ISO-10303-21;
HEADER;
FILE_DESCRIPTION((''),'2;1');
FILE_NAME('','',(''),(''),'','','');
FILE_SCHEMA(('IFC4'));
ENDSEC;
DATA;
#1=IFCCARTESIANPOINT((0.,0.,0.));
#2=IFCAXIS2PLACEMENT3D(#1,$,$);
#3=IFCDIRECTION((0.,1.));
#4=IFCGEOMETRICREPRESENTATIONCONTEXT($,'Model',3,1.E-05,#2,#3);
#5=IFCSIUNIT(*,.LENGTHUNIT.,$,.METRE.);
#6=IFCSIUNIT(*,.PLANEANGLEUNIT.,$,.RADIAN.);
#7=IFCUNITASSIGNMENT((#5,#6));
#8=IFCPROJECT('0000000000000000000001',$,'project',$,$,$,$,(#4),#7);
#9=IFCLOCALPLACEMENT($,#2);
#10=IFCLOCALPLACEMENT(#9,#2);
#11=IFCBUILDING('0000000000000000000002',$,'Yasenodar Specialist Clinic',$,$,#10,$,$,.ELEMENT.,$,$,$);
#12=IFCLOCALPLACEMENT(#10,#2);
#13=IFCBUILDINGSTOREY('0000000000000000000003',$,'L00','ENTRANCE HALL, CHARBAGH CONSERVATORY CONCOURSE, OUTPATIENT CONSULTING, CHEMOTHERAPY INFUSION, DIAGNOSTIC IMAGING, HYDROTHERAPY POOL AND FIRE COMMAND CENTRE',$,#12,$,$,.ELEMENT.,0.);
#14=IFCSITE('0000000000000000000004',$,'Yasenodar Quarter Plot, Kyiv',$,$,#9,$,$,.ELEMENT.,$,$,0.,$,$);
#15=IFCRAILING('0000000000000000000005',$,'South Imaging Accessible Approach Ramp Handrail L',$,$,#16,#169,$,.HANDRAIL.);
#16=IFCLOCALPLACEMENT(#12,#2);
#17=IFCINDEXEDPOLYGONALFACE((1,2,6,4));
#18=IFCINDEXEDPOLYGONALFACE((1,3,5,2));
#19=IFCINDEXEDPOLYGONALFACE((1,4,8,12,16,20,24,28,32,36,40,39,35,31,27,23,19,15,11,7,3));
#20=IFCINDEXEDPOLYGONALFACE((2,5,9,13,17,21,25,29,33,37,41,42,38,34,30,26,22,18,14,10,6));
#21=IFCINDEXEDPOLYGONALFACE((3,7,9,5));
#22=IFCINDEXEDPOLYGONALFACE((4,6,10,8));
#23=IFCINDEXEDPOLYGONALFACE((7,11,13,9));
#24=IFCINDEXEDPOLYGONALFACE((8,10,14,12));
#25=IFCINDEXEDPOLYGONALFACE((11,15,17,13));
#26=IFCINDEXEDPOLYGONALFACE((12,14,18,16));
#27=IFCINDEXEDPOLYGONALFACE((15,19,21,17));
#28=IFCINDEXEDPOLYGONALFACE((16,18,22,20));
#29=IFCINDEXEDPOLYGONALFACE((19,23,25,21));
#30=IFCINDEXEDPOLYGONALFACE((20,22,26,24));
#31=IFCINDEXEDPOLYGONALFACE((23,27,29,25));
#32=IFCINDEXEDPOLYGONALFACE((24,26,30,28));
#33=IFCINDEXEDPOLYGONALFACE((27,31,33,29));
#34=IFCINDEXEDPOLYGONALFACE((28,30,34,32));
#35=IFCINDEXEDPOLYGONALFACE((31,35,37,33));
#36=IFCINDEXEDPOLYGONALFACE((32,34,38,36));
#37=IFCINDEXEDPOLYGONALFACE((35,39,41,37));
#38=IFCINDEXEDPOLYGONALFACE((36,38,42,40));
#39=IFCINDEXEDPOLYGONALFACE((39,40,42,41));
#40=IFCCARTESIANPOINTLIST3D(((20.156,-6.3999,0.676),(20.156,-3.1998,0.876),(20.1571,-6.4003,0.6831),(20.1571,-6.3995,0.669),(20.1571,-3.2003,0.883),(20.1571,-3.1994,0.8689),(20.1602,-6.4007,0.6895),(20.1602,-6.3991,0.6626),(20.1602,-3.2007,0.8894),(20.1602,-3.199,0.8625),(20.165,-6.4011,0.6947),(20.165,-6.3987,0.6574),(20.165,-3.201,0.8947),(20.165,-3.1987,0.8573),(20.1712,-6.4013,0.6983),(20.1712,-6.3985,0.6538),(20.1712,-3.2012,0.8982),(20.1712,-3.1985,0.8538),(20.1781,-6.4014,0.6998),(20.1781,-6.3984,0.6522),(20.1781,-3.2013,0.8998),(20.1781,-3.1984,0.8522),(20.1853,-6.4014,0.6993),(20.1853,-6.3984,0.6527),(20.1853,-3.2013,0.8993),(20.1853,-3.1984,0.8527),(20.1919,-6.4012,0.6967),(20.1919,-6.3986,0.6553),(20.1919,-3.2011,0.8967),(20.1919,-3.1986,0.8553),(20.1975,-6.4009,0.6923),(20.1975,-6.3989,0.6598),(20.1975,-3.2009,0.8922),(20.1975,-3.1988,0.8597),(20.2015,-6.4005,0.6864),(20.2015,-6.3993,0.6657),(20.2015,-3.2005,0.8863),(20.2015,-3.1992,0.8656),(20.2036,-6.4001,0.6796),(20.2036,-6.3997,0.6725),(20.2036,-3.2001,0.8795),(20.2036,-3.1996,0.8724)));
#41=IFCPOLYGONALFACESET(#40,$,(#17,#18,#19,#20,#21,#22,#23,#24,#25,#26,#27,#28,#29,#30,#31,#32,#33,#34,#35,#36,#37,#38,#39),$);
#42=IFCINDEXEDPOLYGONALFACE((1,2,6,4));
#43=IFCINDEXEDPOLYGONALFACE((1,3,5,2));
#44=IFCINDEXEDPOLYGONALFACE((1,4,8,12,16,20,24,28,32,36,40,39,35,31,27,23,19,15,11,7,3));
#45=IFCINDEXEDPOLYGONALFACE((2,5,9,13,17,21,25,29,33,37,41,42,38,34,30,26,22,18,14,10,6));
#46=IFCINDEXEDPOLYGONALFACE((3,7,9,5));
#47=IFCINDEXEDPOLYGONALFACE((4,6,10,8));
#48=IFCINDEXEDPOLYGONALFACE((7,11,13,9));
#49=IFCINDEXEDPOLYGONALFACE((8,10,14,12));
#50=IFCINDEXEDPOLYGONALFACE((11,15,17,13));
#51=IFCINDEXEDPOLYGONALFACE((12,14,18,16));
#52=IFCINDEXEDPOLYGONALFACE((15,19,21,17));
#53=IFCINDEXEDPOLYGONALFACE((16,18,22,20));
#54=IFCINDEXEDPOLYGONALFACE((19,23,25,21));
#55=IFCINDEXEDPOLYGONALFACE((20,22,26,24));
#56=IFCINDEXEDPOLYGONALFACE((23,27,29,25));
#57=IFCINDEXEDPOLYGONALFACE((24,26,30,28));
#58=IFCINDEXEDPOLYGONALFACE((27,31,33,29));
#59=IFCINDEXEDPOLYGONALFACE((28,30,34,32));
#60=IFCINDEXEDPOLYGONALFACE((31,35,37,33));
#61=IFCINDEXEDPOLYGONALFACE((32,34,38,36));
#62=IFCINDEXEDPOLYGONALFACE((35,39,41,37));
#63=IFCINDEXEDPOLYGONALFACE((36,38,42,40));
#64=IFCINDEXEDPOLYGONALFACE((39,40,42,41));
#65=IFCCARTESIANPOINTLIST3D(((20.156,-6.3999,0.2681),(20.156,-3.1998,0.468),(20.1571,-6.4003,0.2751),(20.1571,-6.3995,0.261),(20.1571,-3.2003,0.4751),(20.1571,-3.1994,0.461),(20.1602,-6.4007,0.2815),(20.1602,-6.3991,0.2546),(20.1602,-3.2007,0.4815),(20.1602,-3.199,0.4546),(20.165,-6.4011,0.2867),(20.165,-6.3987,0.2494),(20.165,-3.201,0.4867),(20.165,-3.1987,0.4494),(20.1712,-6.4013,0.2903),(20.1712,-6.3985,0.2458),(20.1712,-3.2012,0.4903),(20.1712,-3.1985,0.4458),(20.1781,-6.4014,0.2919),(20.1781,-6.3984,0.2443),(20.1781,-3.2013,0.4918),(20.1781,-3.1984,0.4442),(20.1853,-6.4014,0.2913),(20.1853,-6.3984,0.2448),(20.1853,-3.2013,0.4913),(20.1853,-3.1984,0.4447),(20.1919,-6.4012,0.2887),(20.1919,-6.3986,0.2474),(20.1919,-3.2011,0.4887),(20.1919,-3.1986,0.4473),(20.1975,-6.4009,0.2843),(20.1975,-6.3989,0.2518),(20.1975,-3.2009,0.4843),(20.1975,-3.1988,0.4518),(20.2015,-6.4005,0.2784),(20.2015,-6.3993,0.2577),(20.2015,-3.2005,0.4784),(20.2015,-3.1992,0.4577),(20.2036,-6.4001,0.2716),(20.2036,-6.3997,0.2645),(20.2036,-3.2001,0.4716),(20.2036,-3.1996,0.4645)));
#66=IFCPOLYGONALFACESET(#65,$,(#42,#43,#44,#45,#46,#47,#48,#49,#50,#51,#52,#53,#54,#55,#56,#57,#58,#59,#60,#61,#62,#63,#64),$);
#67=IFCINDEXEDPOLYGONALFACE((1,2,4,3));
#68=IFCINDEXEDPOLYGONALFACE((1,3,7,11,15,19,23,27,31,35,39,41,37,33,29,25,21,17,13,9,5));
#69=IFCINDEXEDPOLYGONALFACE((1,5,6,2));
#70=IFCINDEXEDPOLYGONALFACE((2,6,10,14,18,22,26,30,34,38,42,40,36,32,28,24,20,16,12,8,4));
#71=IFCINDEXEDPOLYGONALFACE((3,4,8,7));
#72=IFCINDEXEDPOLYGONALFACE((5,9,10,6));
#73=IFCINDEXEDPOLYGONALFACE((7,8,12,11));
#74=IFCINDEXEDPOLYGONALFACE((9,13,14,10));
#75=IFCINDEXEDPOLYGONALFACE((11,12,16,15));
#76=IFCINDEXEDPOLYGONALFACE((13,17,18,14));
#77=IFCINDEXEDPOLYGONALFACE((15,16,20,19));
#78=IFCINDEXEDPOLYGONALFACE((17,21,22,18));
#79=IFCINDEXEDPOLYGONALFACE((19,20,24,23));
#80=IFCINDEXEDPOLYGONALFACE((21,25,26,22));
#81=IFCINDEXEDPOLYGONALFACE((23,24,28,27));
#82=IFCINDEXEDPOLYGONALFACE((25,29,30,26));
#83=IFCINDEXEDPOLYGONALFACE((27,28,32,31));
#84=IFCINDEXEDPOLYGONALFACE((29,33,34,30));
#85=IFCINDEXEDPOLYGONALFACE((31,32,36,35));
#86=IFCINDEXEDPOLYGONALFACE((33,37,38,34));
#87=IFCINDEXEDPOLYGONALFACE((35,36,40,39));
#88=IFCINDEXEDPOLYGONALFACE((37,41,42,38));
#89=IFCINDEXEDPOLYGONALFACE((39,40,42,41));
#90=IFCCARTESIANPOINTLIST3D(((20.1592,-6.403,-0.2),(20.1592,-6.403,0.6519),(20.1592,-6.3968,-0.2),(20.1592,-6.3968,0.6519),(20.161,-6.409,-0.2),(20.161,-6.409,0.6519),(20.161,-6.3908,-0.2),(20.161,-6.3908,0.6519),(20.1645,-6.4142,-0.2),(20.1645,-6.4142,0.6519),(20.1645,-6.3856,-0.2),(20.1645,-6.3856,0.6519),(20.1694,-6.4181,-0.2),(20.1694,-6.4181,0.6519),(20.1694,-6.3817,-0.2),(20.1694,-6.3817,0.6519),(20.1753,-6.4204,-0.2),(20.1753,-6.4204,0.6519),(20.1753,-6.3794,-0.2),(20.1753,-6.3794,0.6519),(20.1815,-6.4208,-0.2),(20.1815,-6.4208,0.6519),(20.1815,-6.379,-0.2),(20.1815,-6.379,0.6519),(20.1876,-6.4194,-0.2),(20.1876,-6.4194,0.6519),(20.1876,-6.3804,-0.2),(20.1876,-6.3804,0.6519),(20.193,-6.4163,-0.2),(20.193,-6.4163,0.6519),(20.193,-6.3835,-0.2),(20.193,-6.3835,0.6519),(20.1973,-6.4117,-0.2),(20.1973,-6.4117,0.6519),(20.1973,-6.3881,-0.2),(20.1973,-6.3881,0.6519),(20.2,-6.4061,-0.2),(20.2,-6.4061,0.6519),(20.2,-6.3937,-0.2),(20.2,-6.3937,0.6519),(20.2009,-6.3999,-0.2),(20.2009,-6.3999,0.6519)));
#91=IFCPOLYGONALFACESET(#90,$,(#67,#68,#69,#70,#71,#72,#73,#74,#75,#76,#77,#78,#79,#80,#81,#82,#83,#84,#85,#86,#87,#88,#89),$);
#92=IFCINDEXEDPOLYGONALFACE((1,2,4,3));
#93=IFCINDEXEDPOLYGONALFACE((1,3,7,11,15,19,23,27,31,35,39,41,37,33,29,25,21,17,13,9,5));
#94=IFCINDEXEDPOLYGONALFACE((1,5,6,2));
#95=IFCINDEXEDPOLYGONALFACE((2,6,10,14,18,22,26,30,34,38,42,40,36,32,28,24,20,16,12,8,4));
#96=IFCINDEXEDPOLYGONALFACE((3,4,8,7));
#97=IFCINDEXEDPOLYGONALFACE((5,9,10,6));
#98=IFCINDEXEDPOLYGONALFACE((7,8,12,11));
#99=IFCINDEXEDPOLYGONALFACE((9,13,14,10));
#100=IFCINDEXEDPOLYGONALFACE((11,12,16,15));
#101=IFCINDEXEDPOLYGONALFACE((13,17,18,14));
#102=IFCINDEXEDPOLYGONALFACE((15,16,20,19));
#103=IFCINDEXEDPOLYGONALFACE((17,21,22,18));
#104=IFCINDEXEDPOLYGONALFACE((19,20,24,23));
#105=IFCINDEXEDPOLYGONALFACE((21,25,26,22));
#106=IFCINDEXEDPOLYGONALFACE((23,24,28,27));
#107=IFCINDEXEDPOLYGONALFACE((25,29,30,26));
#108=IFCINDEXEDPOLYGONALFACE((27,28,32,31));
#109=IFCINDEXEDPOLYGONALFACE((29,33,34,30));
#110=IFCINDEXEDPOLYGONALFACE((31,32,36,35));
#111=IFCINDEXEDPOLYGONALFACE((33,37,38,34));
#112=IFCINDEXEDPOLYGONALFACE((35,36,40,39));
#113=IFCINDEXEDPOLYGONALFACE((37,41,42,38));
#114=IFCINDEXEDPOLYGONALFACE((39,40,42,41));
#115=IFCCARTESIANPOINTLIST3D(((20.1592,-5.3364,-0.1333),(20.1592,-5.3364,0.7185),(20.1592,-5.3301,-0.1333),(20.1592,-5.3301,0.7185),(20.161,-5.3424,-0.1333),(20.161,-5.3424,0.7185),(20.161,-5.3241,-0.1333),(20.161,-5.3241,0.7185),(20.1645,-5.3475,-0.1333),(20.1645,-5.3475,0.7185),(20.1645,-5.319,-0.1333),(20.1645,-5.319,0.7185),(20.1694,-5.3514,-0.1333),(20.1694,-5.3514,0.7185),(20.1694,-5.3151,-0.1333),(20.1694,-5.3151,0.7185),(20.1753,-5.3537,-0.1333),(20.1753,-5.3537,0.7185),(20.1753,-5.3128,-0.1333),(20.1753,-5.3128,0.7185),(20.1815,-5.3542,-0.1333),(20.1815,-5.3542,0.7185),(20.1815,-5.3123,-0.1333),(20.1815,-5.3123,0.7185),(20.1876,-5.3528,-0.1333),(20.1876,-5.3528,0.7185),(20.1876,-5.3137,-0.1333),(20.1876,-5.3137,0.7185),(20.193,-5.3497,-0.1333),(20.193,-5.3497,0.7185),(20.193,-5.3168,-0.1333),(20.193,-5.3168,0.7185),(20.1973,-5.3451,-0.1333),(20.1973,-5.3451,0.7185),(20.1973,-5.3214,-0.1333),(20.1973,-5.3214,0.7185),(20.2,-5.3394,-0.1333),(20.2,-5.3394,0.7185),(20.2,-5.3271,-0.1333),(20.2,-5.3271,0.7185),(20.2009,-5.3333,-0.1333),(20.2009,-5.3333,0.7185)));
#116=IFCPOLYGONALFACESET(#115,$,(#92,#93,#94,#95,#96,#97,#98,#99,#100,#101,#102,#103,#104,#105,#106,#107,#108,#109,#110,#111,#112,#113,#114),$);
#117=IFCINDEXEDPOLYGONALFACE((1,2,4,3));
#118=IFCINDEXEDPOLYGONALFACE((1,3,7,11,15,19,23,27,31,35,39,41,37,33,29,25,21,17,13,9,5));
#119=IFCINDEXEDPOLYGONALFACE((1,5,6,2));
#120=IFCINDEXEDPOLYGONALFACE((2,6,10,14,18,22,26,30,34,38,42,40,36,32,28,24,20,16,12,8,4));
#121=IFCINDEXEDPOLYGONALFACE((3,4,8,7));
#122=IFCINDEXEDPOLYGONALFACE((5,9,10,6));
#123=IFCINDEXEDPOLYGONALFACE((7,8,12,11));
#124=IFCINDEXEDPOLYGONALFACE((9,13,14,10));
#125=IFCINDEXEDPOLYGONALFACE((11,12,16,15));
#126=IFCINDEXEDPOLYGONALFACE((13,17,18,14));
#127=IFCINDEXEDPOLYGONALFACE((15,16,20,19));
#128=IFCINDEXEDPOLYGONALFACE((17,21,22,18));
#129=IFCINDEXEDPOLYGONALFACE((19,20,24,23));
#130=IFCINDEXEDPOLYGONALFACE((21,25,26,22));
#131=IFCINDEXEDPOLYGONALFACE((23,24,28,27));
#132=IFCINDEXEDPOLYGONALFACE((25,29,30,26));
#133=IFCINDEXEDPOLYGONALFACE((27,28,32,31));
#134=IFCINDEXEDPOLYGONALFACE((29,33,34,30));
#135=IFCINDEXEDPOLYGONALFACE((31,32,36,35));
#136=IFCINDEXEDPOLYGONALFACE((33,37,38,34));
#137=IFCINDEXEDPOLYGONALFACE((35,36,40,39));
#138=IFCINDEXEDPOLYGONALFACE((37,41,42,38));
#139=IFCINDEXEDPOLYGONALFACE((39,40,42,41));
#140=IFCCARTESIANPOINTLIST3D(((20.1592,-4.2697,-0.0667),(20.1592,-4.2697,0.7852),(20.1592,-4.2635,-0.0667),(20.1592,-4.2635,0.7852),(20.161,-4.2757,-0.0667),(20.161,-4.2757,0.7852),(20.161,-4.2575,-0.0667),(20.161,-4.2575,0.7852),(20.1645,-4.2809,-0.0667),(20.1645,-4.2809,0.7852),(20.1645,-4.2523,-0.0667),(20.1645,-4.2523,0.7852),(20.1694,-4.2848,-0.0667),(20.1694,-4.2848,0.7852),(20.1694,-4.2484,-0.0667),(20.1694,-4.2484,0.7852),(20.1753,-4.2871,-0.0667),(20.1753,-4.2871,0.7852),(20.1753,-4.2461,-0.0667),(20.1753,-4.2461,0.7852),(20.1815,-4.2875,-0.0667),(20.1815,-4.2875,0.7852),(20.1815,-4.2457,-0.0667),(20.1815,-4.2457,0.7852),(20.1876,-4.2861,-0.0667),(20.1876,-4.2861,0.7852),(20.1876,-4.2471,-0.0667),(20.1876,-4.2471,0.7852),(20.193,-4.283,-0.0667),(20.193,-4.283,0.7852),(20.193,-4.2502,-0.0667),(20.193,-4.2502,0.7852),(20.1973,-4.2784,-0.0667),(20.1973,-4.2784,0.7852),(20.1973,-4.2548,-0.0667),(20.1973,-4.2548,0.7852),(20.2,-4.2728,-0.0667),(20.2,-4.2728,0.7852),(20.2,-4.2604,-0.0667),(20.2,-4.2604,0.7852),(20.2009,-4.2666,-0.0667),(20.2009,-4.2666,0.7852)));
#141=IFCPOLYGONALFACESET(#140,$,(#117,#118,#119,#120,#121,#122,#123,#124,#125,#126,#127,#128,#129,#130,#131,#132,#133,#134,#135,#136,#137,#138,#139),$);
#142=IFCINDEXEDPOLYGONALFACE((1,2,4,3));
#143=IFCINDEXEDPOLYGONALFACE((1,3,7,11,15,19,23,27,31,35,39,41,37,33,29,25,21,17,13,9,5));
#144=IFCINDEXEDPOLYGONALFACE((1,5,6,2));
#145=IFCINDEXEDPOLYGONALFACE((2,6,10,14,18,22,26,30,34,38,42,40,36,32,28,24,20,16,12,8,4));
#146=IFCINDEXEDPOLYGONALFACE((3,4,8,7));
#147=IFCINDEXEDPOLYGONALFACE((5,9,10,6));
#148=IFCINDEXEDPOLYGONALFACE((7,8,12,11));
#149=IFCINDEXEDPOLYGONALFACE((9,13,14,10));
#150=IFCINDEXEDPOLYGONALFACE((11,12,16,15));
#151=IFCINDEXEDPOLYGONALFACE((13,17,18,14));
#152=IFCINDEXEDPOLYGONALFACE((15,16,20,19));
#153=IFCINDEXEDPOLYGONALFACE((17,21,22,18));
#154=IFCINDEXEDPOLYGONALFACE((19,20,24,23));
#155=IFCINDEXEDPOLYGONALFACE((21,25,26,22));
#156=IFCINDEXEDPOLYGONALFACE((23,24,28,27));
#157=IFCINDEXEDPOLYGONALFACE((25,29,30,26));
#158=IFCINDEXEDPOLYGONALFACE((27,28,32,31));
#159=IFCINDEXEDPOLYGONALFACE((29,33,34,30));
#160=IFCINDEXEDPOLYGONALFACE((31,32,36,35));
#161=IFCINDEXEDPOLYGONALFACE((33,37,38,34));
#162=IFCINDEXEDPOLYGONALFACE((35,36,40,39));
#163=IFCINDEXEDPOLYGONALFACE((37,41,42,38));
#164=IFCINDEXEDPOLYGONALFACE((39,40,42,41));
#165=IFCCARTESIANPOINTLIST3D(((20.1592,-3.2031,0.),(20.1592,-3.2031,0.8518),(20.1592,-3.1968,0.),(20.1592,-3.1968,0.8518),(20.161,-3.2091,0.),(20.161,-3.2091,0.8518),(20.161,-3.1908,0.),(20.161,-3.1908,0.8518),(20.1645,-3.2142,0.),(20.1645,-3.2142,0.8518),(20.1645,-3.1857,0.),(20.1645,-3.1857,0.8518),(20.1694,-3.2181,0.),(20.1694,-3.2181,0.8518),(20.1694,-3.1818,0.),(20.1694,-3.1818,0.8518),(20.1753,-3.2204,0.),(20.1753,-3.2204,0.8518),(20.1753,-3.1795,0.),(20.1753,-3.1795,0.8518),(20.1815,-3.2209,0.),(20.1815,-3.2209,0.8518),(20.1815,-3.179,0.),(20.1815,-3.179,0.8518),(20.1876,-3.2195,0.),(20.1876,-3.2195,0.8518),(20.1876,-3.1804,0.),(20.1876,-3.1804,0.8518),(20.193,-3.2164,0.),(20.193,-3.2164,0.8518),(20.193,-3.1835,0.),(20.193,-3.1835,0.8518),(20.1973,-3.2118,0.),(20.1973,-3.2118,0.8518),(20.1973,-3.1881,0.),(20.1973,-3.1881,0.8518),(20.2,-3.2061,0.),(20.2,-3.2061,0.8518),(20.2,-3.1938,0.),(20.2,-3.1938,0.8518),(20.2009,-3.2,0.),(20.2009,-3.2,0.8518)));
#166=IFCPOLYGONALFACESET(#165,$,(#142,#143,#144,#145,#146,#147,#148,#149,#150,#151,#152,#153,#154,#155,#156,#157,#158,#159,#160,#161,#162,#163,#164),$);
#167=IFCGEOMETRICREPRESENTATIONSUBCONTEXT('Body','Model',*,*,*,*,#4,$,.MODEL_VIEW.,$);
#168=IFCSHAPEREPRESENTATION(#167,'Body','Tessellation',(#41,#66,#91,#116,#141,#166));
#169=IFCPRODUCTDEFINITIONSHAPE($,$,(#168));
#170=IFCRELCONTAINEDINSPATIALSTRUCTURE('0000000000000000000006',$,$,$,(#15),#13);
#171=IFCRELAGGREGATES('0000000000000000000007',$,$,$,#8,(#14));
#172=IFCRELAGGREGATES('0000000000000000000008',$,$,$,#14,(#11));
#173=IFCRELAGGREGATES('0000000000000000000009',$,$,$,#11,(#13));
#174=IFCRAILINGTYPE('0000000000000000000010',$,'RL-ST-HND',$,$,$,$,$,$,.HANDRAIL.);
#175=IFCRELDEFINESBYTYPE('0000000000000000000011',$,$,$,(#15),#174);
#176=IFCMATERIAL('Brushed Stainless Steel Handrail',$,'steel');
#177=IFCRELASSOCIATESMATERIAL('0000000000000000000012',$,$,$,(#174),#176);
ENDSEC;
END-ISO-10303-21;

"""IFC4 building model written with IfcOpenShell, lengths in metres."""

from ifc_helpers import new_model, si_unit, direction, frame, origin, origin_2d, place, context, subcontext, project, spatial, circle, extrude, material, type_object, element, save


model = new_model("IFC4")

# Units and contexts
model_context = context("Model", 3, precision=1e-05, world=origin(), true_north=direction((0.0, 1.0)))
body_context = subcontext(model_context, "Body", "Model", "MODEL_VIEW")
ifc_project = project(units=[si_unit("LENGTHUNIT", "METRE"), si_unit("PLANEANGLEUNIT", "RADIAN")], contexts=[model_context])

# Site, building, storey
site_placement = place(None, origin())
site = spatial("IfcSite", under=ifc_project, at=site_placement, Name="Yasenodar Quarter Plot, Kyiv", CompositionType="ELEMENT", RefElevation=0.0)
building_placement = place(site_placement, origin())
building = spatial("IfcBuilding", under=site, at=building_placement, Name="Yasenodar Specialist Clinic", CompositionType="ELEMENT")
storey_placement = place(building_placement, origin())
storey = spatial("IfcBuildingStorey", under=building, at=storey_placement, Name="L00", Description="ENTRANCE HALL, CHARBAGH CONSERVATORY CONCOURSE, OUTPATIENT CONSULTING, CHEMOTHERAPY INFUSION, DIAGNOSTIC IMAGING, HYDROTHERAPY POOL AND FIRE COMMAND CENTRE", CompositionType="ELEMENT", Elevation=0.0)

# Railing
ifc_material_1 = material(Name="Brushed Stainless Steel Handrail", Category="steel")
railing_type = type_object("IfcRailingType", Name="RL-ST-HND", PredefinedType="HANDRAIL", material=ifc_material_1)
for number, where, name in (
    (1, (20.1799, -6.3999, -0.2), "South Imaging Accessible Approach Ramp Handrail L"),
):
    element("IfcRailing", number, at=place(storey_placement, frame(where)), inside=storey, type_object=railing_type, Name=name, PredefinedType="HANDRAIL", context=body_context, shape_type="SweptSolid", body=[
        extrude(circle(Radius=0.0239, at=origin_2d()), frame((0.0, 0.0, 0.876), z_axis=(0.0, 0.998053, 0.062364), x_axis=(-1.0, 0.0, 0.0)), (0.0, 0.0, 1.0), 3.2063),
        extrude(circle(Radius=0.0239, at=origin_2d()), frame((0.0, 0.0, 0.468), z_axis=(0.0, 0.998053, 0.062364), x_axis=(-1.0, 0.0, 0.0)), (0.0, 0.0, 1.0), 3.2063),
        extrude(circle(Radius=0.021, at=origin_2d()), origin(), (0.0, 0.0, 1.0), 0.8518),
        extrude(circle(Radius=0.021, at=origin_2d()), frame((0.0, 1.0667, 0.0667)), (0.0, 0.0, 1.0), 0.8518),
        extrude(circle(Radius=0.021, at=origin_2d()), frame((0.0, 2.1333, 0.1333)), (0.0, 0.0, 1.0), 0.8518),
        extrude(circle(Radius=0.021, at=origin_2d()), frame((0.0, 3.2, 0.2)), (0.0, 0.0, 1.0), 0.8518),
    ])

save(model, "model.ifc")
